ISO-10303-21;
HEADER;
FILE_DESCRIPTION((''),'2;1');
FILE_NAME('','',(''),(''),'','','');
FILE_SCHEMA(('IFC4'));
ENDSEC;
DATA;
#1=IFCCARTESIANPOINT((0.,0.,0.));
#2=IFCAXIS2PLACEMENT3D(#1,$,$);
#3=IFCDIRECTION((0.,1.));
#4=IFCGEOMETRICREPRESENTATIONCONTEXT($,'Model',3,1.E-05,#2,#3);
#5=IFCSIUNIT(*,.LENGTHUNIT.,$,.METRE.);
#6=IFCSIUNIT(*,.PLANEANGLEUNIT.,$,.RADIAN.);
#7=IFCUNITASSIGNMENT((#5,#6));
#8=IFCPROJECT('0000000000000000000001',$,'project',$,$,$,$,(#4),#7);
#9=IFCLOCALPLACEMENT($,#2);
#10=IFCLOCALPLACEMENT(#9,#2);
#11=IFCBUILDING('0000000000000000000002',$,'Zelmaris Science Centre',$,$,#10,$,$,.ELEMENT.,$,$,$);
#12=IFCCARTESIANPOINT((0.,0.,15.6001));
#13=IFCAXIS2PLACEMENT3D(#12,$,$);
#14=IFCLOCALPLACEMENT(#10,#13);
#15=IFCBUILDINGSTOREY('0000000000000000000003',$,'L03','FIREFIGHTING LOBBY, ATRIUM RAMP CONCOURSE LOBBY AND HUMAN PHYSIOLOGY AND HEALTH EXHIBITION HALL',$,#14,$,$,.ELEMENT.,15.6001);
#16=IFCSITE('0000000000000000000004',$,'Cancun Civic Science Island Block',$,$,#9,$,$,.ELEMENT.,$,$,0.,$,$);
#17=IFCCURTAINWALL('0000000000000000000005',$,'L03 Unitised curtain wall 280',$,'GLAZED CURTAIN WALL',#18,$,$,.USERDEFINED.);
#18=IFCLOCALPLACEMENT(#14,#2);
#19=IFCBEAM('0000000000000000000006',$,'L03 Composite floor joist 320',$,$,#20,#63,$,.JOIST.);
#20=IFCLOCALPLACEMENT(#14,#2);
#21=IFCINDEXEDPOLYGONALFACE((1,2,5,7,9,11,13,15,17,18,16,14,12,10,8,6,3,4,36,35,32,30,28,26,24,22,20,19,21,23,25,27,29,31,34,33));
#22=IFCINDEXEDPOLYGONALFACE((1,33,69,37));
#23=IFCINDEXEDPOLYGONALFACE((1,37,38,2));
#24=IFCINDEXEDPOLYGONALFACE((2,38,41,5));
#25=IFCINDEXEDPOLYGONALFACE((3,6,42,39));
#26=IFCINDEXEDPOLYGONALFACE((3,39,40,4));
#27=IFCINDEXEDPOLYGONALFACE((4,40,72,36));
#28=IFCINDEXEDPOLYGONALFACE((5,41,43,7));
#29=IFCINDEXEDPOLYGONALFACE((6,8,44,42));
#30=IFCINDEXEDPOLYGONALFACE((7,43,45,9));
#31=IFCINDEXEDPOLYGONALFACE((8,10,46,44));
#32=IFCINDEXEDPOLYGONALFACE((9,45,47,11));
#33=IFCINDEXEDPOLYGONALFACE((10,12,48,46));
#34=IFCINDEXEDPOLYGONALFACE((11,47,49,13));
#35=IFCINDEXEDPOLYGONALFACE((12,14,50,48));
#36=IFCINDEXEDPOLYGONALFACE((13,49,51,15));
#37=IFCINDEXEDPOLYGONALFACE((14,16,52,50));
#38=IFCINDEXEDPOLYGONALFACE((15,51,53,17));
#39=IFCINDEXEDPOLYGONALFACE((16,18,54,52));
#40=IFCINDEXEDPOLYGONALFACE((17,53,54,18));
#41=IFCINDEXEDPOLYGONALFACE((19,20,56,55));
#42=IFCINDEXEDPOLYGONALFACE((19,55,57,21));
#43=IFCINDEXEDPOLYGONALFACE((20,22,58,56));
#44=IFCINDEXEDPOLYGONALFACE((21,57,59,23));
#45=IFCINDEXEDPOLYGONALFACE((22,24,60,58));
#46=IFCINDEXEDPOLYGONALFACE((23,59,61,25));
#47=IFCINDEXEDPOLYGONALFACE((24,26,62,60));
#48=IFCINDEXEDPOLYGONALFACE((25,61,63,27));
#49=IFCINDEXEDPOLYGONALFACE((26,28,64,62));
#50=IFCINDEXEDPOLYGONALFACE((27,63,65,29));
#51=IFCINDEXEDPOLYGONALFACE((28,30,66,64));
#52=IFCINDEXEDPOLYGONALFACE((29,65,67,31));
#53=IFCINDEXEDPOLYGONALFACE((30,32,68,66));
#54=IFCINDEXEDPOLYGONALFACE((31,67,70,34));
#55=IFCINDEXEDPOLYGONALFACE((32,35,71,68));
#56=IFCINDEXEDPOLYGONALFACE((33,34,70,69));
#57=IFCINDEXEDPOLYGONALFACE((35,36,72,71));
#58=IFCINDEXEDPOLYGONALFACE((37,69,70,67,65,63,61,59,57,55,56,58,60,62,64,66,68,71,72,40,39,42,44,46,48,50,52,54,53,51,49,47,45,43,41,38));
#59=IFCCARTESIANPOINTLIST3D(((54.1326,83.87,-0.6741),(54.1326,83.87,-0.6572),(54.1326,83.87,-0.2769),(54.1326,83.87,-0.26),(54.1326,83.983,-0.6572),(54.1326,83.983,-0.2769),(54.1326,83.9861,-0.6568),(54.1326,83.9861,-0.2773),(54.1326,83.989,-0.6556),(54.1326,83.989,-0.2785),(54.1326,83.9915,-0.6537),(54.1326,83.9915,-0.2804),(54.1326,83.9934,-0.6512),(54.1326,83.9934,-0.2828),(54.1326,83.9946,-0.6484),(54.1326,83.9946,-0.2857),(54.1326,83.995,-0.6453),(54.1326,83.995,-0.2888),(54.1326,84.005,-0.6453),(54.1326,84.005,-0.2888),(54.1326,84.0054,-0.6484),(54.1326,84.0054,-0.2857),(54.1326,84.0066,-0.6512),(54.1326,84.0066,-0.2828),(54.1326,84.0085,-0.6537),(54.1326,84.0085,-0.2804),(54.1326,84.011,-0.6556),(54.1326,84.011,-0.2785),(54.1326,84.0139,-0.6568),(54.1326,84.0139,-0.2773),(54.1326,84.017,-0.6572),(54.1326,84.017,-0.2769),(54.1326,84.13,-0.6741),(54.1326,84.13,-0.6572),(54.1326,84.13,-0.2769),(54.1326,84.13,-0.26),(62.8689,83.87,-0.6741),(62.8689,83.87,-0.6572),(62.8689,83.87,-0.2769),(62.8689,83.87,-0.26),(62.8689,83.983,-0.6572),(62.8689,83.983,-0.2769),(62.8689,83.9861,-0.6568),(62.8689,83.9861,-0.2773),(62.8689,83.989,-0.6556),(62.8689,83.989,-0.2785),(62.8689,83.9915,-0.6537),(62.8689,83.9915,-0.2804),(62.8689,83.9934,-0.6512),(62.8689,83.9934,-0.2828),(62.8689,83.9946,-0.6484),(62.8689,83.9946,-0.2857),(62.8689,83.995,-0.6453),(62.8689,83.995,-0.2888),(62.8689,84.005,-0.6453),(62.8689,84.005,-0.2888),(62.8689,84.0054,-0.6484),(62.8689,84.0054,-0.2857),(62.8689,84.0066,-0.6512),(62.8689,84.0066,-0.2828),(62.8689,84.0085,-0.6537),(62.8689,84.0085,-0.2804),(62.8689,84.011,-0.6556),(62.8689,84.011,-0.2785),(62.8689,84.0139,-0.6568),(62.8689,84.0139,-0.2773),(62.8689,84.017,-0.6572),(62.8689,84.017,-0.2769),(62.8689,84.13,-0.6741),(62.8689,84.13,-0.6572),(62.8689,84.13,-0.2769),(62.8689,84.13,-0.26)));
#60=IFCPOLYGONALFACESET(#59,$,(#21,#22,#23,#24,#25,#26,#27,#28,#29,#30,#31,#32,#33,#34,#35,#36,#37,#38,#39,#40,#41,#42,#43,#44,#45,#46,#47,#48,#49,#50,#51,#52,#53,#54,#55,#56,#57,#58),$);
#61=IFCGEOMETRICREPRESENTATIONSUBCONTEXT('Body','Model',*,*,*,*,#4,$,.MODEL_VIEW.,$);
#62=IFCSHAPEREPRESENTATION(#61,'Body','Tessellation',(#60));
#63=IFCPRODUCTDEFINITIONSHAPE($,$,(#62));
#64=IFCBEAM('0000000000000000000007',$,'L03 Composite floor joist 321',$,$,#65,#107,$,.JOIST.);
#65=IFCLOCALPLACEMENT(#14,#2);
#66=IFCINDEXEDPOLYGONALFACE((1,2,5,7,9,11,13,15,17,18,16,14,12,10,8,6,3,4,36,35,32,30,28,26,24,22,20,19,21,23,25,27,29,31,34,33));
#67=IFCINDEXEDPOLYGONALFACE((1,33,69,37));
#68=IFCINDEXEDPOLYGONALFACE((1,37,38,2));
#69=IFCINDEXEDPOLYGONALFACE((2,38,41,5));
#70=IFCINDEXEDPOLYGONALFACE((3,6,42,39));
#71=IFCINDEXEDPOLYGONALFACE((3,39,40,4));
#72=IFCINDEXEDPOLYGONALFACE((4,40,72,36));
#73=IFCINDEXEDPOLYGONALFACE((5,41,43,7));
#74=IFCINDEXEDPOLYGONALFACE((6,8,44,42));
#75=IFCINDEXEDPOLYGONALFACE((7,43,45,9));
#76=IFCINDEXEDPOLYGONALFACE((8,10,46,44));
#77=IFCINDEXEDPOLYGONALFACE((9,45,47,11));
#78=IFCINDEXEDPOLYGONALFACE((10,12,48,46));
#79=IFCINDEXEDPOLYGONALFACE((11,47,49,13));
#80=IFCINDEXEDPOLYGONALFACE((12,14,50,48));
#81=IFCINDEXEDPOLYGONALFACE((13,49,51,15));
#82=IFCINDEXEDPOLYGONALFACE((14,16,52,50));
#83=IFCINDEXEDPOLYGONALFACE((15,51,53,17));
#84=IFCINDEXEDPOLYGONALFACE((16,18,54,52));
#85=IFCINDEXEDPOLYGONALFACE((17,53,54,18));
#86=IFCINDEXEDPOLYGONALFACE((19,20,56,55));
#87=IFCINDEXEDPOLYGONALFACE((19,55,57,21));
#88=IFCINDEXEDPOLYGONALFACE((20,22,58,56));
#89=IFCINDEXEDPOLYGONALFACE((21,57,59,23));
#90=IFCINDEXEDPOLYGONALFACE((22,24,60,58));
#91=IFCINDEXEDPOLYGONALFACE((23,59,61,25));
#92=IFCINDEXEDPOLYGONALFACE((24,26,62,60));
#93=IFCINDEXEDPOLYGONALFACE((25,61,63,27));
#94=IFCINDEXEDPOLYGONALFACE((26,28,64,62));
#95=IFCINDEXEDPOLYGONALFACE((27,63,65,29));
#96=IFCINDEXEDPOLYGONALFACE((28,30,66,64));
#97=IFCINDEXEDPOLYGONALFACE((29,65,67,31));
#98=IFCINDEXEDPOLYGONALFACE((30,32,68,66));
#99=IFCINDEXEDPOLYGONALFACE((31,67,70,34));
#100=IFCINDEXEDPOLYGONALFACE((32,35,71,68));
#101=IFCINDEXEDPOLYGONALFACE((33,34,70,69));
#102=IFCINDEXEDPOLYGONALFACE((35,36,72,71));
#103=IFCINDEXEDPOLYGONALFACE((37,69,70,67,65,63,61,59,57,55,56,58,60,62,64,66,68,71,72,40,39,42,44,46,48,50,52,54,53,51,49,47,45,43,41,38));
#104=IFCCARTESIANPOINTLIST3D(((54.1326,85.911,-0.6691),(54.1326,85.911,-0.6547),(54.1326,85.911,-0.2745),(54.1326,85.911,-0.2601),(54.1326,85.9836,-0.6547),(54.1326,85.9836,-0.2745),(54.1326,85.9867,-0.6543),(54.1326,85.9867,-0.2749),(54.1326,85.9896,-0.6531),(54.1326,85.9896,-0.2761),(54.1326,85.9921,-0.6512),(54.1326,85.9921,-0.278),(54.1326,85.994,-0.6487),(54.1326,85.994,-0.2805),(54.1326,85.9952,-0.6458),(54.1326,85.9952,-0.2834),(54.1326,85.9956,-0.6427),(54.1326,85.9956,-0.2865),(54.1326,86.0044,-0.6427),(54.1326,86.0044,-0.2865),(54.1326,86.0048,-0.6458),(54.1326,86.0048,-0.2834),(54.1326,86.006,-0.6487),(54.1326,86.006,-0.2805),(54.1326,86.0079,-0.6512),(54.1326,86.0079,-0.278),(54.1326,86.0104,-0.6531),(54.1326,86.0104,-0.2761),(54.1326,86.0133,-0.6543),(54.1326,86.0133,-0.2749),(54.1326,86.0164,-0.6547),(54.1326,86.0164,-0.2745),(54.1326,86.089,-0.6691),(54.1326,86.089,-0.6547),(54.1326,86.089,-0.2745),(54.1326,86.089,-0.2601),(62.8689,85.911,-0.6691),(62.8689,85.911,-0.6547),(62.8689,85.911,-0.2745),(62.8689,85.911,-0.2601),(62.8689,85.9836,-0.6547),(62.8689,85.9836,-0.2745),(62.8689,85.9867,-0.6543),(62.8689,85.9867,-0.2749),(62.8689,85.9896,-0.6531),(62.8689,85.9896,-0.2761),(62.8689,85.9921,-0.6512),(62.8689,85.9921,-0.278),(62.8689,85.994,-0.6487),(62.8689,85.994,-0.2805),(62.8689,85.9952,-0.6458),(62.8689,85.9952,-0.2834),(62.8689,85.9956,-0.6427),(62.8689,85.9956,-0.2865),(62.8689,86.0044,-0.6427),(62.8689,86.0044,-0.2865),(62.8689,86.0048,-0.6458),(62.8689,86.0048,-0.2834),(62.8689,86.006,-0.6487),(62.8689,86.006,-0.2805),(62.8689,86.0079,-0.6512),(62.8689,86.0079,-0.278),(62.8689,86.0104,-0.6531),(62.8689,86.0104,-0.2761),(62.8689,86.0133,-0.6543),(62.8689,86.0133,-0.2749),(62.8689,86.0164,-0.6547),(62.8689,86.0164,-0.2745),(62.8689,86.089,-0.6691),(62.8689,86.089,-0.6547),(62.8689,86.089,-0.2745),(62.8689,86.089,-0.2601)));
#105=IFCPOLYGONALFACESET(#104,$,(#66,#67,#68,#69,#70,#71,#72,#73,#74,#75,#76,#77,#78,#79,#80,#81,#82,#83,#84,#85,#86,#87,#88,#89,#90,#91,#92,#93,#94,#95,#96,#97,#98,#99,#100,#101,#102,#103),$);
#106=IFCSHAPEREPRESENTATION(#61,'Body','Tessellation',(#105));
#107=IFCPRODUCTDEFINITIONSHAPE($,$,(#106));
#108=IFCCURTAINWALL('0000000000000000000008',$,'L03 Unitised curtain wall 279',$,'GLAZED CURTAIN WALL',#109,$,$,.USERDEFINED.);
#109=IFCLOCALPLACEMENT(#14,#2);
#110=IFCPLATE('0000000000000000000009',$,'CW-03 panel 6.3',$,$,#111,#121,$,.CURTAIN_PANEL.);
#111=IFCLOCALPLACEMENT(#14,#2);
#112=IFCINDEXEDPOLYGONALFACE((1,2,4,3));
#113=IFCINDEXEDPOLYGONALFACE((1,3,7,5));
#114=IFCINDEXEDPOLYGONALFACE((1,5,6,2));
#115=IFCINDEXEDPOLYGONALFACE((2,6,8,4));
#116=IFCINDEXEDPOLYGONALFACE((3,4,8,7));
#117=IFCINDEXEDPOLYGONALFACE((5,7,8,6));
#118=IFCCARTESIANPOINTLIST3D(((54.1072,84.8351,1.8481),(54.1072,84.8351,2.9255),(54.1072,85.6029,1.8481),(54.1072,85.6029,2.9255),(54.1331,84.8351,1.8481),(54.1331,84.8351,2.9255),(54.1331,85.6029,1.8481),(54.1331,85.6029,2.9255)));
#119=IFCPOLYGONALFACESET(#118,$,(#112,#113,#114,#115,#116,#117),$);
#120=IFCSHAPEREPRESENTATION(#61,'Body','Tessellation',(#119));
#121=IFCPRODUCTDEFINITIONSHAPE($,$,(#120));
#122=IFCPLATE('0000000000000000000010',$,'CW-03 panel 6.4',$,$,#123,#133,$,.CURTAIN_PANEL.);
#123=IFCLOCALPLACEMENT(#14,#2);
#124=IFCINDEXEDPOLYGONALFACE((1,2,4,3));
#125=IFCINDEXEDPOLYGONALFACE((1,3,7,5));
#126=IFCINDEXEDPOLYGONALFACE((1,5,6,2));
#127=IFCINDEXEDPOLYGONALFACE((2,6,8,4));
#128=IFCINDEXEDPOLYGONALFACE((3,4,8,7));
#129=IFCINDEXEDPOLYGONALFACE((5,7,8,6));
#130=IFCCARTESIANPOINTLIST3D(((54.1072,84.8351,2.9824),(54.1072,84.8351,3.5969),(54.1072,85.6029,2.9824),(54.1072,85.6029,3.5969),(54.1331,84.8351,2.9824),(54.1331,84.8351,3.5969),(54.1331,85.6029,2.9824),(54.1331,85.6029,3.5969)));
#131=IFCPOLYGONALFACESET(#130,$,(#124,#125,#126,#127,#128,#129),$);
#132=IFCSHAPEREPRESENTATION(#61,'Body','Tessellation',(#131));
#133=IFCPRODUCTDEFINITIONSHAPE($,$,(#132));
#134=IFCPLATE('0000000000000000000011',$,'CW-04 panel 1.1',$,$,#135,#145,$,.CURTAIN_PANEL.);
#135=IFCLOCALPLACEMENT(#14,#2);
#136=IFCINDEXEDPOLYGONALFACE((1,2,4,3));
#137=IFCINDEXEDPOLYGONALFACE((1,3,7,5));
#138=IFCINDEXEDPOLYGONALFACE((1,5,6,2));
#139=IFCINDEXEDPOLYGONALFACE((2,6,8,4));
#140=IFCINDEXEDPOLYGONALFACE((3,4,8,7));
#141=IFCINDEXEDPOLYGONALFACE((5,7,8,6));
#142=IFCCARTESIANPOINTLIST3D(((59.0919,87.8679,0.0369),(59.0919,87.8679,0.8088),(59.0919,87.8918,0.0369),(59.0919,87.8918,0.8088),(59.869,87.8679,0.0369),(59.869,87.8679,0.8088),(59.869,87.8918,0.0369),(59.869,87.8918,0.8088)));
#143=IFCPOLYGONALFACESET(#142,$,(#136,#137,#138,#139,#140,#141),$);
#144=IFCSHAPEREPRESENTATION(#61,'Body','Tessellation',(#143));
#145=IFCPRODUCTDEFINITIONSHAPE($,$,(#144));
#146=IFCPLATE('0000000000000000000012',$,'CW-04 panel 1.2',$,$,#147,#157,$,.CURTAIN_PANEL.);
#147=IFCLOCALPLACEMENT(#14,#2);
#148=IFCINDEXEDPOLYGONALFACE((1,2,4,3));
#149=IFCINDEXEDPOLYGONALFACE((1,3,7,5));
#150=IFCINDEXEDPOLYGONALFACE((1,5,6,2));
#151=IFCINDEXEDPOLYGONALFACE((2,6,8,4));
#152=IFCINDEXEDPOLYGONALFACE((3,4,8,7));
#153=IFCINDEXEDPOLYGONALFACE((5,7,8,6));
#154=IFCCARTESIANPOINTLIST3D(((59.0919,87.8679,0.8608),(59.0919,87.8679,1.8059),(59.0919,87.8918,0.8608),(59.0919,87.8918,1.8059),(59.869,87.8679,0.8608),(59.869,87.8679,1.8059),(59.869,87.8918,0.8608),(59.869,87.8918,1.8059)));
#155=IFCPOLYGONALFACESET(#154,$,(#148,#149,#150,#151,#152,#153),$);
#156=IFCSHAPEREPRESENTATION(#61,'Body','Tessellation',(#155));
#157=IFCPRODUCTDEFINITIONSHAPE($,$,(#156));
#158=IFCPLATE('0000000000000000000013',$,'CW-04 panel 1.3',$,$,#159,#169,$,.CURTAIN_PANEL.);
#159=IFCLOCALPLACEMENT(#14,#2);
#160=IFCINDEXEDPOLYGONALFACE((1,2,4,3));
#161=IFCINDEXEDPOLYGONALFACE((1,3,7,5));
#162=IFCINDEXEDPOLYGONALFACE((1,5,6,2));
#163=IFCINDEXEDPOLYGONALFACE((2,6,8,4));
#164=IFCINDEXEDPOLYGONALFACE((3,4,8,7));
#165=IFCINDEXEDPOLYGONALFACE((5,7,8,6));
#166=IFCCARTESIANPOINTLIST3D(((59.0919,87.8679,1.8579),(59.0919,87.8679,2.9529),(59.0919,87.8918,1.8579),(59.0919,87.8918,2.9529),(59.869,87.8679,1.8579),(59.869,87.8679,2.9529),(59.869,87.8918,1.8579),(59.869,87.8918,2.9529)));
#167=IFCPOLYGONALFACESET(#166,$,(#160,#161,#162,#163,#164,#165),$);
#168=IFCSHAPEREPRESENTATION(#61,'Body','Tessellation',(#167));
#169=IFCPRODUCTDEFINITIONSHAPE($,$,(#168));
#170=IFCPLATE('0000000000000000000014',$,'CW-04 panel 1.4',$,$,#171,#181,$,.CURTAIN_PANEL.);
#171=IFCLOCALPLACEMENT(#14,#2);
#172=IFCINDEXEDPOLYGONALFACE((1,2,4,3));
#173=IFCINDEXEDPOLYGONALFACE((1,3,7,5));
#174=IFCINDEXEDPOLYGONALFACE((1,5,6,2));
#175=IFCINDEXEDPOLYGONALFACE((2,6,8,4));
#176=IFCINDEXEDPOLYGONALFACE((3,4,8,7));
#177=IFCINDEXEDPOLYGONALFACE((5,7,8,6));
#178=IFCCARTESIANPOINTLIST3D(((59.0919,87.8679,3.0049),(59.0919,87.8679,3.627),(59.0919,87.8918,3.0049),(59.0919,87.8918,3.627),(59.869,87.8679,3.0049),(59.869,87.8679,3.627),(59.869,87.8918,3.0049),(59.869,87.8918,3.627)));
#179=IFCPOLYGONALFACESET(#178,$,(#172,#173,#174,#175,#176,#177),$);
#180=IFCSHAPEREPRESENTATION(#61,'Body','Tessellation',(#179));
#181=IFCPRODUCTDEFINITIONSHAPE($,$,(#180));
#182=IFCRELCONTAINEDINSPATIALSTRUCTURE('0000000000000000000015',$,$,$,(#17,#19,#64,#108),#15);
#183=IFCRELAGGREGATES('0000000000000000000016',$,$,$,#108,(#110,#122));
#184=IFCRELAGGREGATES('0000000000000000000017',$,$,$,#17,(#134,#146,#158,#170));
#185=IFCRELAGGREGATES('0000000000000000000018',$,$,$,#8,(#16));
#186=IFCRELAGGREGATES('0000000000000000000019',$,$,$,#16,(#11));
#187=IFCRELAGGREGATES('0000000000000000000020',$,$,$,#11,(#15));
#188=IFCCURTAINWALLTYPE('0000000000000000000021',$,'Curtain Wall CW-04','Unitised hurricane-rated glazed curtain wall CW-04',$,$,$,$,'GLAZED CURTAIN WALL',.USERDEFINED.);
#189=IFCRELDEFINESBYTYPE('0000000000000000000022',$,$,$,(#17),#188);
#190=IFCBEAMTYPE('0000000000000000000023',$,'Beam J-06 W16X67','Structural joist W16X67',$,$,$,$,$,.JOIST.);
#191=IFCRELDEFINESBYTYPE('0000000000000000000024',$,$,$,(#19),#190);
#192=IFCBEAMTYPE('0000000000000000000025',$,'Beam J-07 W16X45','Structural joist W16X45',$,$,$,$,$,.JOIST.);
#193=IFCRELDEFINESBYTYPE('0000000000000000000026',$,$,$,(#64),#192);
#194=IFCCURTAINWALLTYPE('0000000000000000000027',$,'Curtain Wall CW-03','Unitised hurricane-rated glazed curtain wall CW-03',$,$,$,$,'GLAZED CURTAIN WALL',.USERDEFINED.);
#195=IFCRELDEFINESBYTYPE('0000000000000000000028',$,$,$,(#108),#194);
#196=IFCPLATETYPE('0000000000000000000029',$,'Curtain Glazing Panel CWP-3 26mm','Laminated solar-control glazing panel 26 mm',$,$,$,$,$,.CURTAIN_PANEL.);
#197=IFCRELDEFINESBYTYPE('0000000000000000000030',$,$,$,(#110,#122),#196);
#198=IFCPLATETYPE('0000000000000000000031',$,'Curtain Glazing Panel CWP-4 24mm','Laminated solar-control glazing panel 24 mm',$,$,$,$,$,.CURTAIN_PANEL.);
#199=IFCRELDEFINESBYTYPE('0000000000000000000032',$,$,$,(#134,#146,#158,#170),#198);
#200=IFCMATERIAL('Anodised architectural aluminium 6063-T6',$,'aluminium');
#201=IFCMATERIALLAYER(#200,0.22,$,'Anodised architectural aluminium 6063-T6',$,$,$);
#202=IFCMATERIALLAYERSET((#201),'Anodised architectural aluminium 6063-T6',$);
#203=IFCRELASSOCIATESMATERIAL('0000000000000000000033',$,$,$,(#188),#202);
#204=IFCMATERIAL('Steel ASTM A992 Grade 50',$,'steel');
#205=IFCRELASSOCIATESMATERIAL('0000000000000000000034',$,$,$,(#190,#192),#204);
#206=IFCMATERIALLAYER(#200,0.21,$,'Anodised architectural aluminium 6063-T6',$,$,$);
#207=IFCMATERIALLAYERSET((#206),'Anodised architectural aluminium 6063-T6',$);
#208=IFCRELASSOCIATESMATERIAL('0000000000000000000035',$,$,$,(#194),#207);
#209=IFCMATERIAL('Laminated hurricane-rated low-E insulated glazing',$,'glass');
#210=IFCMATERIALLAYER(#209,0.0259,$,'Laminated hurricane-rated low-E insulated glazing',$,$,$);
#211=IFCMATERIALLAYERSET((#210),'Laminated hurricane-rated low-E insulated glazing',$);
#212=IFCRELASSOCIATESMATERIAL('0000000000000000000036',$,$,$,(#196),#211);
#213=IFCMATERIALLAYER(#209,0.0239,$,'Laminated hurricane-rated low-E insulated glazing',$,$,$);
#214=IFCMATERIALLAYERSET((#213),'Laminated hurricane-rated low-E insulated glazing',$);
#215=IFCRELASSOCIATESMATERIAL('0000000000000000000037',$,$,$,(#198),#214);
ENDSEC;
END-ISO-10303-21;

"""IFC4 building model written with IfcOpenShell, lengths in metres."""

from ifc_helpers import new_model, si_unit, direction, frame, origin, origin_2d, place, context, subcontext, project, spatial, rectangle, i_section, extrude, material, layer, layer_set, material_profile, profile_set, type_object, element, aggregate, save


model = new_model("IFC4")

# Units and contexts
model_context = context("Model", 3, precision=1e-05, world=origin(), true_north=direction((0.0, 1.0)))
body_context = subcontext(model_context, "Body", "Model", "MODEL_VIEW")
ifc_project = project(units=[si_unit("LENGTHUNIT", "METRE"), si_unit("PLANEANGLEUNIT", "RADIAN")], contexts=[model_context])

# Site, building, storey
site_placement = place(None, origin())
site = spatial("IfcSite", under=ifc_project, at=site_placement, Name="Cancun Civic Science Island Block", CompositionType="ELEMENT", RefElevation=0.0)
building_placement = place(site_placement, origin())
building = spatial("IfcBuilding", under=site, at=building_placement, Name="Zelmaris Science Centre", CompositionType="ELEMENT")
storey_placement = place(building_placement, frame((0.0, 0.0, 15.6001)))
storey = spatial("IfcBuildingStorey", under=building, at=storey_placement, Name="L03", Description="FIREFIGHTING LOBBY, ATRIUM RAMP CONCOURSE LOBBY AND HUMAN PHYSIOLOGY AND HEALTH EXHIBITION HALL", CompositionType="ELEMENT", Elevation=15.6001)

# Curtain wall
ifc_material_1 = material(Name="Anodised architectural aluminium 6063-T6", Category="aluminium")
ifc_layer_1 = layer(ifc_material_1, 0.22, Name="Anodised architectural aluminium 6063-T6")
ifc_layer_set_1 = layer_set([ifc_layer_1], Name="Anodised architectural aluminium 6063-T6")
curtain_wall_type_1 = type_object("IfcCurtainWallType", Name="Curtain Wall CW-04", Description="Unitised hurricane-rated glazed curtain wall CW-04", ElementType="GLAZED CURTAIN WALL", PredefinedType="USERDEFINED", material=ifc_layer_set_1)
curtain_wall_1_placement = place(storey_placement, origin())
curtain_wall_1 = element("IfcCurtainWall", 1, at=curtain_wall_1_placement, inside=storey, type_object=curtain_wall_type_1, Name="L03 Unitised curtain wall 280", ObjectType="GLAZED CURTAIN WALL", PredefinedType="USERDEFINED")

# Beams
ifc_material_2 = material(Name="Steel ASTM A992 Grade 50", Category="steel")
ifc_material_profile_1 = material_profile(ifc_material_2, i_section(OverallWidth=0.26, OverallDepth=0.4141, WebThickness=0.01, FlangeThickness=0.0168, FilletRadius=0.012, at=origin_2d()), Name="W16X67")
ifc_profile_set_1 = profile_set([ifc_material_profile_1], Name="Steel ASTM A992 Grade 50")
beam_type_1 = type_object("IfcBeamType", Name="Beam J-06 W16X67", Description="Structural joist W16X67", PredefinedType="JOIST", material=ifc_profile_set_1)
beam_1_placement = place(storey_placement, frame((54.1326, 84.0, -0.467), z_axis=(1.0, 0.0, 0.0), x_axis=(0.0, 1.0, 0.0)))
element("IfcBeam", 2, at=beam_1_placement, inside=storey, type_object=beam_type_1, Name="L03 Composite floor joist 320", PredefinedType="JOIST", context=body_context, shape_type="SweptSolid", body=[
    extrude(i_section(OverallWidth=0.26, OverallDepth=0.4141, WebThickness=0.01, FlangeThickness=0.0168, FilletRadius=0.012, at=origin_2d()), origin(), (0.0, 0.0, 1.0), 8.7363),
])
ifc_material_profile_2 = material_profile(ifc_material_2, i_section(OverallWidth=0.178, OverallDepth=0.4089, WebThickness=0.0088, FlangeThickness=0.0144, FilletRadius=0.012, at=origin_2d()), Name="W16X45")
ifc_profile_set_2 = profile_set([ifc_material_profile_2], Name="Steel ASTM A992 Grade 50")
beam_type_2 = type_object("IfcBeamType", Name="Beam J-07 W16X45", Description="Structural joist W16X45", PredefinedType="JOIST", material=ifc_profile_set_2)
beam_2_placement = place(storey_placement, frame((54.1326, 86.0, -0.4646), z_axis=(1.0, 0.0, 0.0), x_axis=(0.0, 1.0, 0.0)))
element("IfcBeam", 3, at=beam_2_placement, inside=storey, type_object=beam_type_2, Name="L03 Composite floor joist 321", PredefinedType="JOIST", context=body_context, shape_type="SweptSolid", body=[
    extrude(i_section(OverallWidth=0.178, OverallDepth=0.4089, WebThickness=0.0088, FlangeThickness=0.0144, FilletRadius=0.012, at=origin_2d()), origin(), (0.0, 0.0, 1.0), 8.7363),
])

# Curtain wall, plates
ifc_layer_2 = layer(ifc_material_1, 0.21, Name="Anodised architectural aluminium 6063-T6")
ifc_layer_set_2 = layer_set([ifc_layer_2], Name="Anodised architectural aluminium 6063-T6")
curtain_wall_type_2 = type_object("IfcCurtainWallType", Name="Curtain Wall CW-03", Description="Unitised hurricane-rated glazed curtain wall CW-03", ElementType="GLAZED CURTAIN WALL", PredefinedType="USERDEFINED", material=ifc_layer_set_2)
curtain_wall_2_placement = place(storey_placement, origin())
curtain_wall_2 = element("IfcCurtainWall", 4, at=curtain_wall_2_placement, inside=storey, type_object=curtain_wall_type_2, Name="L03 Unitised curtain wall 279", ObjectType="GLAZED CURTAIN WALL", PredefinedType="USERDEFINED")
ifc_material_3 = material(Name="Laminated hurricane-rated low-E insulated glazing", Category="glass")
ifc_layer_3 = layer(ifc_material_3, 0.0259, Name="Laminated hurricane-rated low-E insulated glazing")
ifc_layer_set_3 = layer_set([ifc_layer_3], Name="Laminated hurricane-rated low-E insulated glazing")
plate_type_1 = type_object("IfcPlateType", Name="Curtain Glazing Panel CWP-3 26mm", Description="Laminated solar-control glazing panel 26 mm", PredefinedType="CURTAIN_PANEL", material=ifc_layer_set_3)
plate_1_placement = place(storey_placement, frame((54.1201, 85.219, 1.8481), z_axis=(0.0, 0.0, 1.0), x_axis=(0.0, 1.0, 0.0)))
plate_1 = element("IfcPlate", 5, at=plate_1_placement, type_object=plate_type_1, Name="CW-03 panel 6.3", PredefinedType="CURTAIN_PANEL", context=body_context, shape_type="SweptSolid", body=[
    extrude(rectangle(XDim=0.7678, YDim=0.0259, at=origin_2d()), origin(), (0.0, 0.0, 1.0), 1.0774),
])
plate_2_placement = place(storey_placement, frame((54.1201, 85.219, 2.9824), z_axis=(0.0, 0.0, 1.0), x_axis=(0.0, 1.0, 0.0)))
plate_2 = element("IfcPlate", 6, at=plate_2_placement, type_object=plate_type_1, Name="CW-03 panel 6.4", PredefinedType="CURTAIN_PANEL", context=body_context, shape_type="SweptSolid", body=[
    extrude(rectangle(XDim=0.7678, YDim=0.0259, at=origin_2d()), origin(), (0.0, 0.0, 1.0), 0.6145),
])
aggregate(curtain_wall_2, [plate_1, plate_2])

# Plates
ifc_layer_4 = layer(ifc_material_3, 0.0239, Name="Laminated hurricane-rated low-E insulated glazing")
ifc_layer_set_4 = layer_set([ifc_layer_4], Name="Laminated hurricane-rated low-E insulated glazing")
plate_type_2 = type_object("IfcPlateType", Name="Curtain Glazing Panel CWP-4 24mm", Description="Laminated solar-control glazing panel 24 mm", PredefinedType="CURTAIN_PANEL", material=ifc_layer_set_4)
plate_3_placement = place(storey_placement, frame((59.4805, 87.8799, 0.0369), z_axis=(0.0, 0.0, 1.0), x_axis=(1.0, 0.0, 0.0)))
plate_3 = element("IfcPlate", 7, at=plate_3_placement, type_object=plate_type_2, Name="CW-04 panel 1.1", PredefinedType="CURTAIN_PANEL", context=body_context, shape_type="SweptSolid", body=[
    extrude(rectangle(XDim=0.7771, YDim=0.0239, at=origin_2d()), origin(), (0.0, 0.0, 1.0), 0.772),
])
plate_4_placement = place(storey_placement, frame((59.4805, 87.8799, 0.8608), z_axis=(0.0, 0.0, 1.0), x_axis=(1.0, 0.0, 0.0)))
plate_4 = element("IfcPlate", 8, at=plate_4_placement, type_object=plate_type_2, Name="CW-04 panel 1.2", PredefinedType="CURTAIN_PANEL", context=body_context, shape_type="SweptSolid", body=[
    extrude(rectangle(XDim=0.7771, YDim=0.0239, at=origin_2d()), origin(), (0.0, 0.0, 1.0), 0.9451),
])
plate_5_placement = place(storey_placement, frame((59.4805, 87.8799, 1.8579), z_axis=(0.0, 0.0, 1.0), x_axis=(1.0, 0.0, 0.0)))
plate_5 = element("IfcPlate", 9, at=plate_5_placement, type_object=plate_type_2, Name="CW-04 panel 1.3", PredefinedType="CURTAIN_PANEL", context=body_context, shape_type="SweptSolid", body=[
    extrude(rectangle(XDim=0.7771, YDim=0.0239, at=origin_2d()), origin(), (0.0, 0.0, 1.0), 1.095),
])
plate_6_placement = place(storey_placement, frame((59.4805, 87.8799, 3.0049), z_axis=(0.0, 0.0, 1.0), x_axis=(1.0, 0.0, 0.0)))
plate_6 = element("IfcPlate", 10, at=plate_6_placement, type_object=plate_type_2, Name="CW-04 panel 1.4", PredefinedType="CURTAIN_PANEL", context=body_context, shape_type="SweptSolid", body=[
    extrude(rectangle(XDim=0.7771, YDim=0.0239, at=origin_2d()), origin(), (0.0, 0.0, 1.0), 0.6221),
])
aggregate(curtain_wall_1, [plate_3, plate_4, plate_5, plate_6])

save(model, "model.ifc")
